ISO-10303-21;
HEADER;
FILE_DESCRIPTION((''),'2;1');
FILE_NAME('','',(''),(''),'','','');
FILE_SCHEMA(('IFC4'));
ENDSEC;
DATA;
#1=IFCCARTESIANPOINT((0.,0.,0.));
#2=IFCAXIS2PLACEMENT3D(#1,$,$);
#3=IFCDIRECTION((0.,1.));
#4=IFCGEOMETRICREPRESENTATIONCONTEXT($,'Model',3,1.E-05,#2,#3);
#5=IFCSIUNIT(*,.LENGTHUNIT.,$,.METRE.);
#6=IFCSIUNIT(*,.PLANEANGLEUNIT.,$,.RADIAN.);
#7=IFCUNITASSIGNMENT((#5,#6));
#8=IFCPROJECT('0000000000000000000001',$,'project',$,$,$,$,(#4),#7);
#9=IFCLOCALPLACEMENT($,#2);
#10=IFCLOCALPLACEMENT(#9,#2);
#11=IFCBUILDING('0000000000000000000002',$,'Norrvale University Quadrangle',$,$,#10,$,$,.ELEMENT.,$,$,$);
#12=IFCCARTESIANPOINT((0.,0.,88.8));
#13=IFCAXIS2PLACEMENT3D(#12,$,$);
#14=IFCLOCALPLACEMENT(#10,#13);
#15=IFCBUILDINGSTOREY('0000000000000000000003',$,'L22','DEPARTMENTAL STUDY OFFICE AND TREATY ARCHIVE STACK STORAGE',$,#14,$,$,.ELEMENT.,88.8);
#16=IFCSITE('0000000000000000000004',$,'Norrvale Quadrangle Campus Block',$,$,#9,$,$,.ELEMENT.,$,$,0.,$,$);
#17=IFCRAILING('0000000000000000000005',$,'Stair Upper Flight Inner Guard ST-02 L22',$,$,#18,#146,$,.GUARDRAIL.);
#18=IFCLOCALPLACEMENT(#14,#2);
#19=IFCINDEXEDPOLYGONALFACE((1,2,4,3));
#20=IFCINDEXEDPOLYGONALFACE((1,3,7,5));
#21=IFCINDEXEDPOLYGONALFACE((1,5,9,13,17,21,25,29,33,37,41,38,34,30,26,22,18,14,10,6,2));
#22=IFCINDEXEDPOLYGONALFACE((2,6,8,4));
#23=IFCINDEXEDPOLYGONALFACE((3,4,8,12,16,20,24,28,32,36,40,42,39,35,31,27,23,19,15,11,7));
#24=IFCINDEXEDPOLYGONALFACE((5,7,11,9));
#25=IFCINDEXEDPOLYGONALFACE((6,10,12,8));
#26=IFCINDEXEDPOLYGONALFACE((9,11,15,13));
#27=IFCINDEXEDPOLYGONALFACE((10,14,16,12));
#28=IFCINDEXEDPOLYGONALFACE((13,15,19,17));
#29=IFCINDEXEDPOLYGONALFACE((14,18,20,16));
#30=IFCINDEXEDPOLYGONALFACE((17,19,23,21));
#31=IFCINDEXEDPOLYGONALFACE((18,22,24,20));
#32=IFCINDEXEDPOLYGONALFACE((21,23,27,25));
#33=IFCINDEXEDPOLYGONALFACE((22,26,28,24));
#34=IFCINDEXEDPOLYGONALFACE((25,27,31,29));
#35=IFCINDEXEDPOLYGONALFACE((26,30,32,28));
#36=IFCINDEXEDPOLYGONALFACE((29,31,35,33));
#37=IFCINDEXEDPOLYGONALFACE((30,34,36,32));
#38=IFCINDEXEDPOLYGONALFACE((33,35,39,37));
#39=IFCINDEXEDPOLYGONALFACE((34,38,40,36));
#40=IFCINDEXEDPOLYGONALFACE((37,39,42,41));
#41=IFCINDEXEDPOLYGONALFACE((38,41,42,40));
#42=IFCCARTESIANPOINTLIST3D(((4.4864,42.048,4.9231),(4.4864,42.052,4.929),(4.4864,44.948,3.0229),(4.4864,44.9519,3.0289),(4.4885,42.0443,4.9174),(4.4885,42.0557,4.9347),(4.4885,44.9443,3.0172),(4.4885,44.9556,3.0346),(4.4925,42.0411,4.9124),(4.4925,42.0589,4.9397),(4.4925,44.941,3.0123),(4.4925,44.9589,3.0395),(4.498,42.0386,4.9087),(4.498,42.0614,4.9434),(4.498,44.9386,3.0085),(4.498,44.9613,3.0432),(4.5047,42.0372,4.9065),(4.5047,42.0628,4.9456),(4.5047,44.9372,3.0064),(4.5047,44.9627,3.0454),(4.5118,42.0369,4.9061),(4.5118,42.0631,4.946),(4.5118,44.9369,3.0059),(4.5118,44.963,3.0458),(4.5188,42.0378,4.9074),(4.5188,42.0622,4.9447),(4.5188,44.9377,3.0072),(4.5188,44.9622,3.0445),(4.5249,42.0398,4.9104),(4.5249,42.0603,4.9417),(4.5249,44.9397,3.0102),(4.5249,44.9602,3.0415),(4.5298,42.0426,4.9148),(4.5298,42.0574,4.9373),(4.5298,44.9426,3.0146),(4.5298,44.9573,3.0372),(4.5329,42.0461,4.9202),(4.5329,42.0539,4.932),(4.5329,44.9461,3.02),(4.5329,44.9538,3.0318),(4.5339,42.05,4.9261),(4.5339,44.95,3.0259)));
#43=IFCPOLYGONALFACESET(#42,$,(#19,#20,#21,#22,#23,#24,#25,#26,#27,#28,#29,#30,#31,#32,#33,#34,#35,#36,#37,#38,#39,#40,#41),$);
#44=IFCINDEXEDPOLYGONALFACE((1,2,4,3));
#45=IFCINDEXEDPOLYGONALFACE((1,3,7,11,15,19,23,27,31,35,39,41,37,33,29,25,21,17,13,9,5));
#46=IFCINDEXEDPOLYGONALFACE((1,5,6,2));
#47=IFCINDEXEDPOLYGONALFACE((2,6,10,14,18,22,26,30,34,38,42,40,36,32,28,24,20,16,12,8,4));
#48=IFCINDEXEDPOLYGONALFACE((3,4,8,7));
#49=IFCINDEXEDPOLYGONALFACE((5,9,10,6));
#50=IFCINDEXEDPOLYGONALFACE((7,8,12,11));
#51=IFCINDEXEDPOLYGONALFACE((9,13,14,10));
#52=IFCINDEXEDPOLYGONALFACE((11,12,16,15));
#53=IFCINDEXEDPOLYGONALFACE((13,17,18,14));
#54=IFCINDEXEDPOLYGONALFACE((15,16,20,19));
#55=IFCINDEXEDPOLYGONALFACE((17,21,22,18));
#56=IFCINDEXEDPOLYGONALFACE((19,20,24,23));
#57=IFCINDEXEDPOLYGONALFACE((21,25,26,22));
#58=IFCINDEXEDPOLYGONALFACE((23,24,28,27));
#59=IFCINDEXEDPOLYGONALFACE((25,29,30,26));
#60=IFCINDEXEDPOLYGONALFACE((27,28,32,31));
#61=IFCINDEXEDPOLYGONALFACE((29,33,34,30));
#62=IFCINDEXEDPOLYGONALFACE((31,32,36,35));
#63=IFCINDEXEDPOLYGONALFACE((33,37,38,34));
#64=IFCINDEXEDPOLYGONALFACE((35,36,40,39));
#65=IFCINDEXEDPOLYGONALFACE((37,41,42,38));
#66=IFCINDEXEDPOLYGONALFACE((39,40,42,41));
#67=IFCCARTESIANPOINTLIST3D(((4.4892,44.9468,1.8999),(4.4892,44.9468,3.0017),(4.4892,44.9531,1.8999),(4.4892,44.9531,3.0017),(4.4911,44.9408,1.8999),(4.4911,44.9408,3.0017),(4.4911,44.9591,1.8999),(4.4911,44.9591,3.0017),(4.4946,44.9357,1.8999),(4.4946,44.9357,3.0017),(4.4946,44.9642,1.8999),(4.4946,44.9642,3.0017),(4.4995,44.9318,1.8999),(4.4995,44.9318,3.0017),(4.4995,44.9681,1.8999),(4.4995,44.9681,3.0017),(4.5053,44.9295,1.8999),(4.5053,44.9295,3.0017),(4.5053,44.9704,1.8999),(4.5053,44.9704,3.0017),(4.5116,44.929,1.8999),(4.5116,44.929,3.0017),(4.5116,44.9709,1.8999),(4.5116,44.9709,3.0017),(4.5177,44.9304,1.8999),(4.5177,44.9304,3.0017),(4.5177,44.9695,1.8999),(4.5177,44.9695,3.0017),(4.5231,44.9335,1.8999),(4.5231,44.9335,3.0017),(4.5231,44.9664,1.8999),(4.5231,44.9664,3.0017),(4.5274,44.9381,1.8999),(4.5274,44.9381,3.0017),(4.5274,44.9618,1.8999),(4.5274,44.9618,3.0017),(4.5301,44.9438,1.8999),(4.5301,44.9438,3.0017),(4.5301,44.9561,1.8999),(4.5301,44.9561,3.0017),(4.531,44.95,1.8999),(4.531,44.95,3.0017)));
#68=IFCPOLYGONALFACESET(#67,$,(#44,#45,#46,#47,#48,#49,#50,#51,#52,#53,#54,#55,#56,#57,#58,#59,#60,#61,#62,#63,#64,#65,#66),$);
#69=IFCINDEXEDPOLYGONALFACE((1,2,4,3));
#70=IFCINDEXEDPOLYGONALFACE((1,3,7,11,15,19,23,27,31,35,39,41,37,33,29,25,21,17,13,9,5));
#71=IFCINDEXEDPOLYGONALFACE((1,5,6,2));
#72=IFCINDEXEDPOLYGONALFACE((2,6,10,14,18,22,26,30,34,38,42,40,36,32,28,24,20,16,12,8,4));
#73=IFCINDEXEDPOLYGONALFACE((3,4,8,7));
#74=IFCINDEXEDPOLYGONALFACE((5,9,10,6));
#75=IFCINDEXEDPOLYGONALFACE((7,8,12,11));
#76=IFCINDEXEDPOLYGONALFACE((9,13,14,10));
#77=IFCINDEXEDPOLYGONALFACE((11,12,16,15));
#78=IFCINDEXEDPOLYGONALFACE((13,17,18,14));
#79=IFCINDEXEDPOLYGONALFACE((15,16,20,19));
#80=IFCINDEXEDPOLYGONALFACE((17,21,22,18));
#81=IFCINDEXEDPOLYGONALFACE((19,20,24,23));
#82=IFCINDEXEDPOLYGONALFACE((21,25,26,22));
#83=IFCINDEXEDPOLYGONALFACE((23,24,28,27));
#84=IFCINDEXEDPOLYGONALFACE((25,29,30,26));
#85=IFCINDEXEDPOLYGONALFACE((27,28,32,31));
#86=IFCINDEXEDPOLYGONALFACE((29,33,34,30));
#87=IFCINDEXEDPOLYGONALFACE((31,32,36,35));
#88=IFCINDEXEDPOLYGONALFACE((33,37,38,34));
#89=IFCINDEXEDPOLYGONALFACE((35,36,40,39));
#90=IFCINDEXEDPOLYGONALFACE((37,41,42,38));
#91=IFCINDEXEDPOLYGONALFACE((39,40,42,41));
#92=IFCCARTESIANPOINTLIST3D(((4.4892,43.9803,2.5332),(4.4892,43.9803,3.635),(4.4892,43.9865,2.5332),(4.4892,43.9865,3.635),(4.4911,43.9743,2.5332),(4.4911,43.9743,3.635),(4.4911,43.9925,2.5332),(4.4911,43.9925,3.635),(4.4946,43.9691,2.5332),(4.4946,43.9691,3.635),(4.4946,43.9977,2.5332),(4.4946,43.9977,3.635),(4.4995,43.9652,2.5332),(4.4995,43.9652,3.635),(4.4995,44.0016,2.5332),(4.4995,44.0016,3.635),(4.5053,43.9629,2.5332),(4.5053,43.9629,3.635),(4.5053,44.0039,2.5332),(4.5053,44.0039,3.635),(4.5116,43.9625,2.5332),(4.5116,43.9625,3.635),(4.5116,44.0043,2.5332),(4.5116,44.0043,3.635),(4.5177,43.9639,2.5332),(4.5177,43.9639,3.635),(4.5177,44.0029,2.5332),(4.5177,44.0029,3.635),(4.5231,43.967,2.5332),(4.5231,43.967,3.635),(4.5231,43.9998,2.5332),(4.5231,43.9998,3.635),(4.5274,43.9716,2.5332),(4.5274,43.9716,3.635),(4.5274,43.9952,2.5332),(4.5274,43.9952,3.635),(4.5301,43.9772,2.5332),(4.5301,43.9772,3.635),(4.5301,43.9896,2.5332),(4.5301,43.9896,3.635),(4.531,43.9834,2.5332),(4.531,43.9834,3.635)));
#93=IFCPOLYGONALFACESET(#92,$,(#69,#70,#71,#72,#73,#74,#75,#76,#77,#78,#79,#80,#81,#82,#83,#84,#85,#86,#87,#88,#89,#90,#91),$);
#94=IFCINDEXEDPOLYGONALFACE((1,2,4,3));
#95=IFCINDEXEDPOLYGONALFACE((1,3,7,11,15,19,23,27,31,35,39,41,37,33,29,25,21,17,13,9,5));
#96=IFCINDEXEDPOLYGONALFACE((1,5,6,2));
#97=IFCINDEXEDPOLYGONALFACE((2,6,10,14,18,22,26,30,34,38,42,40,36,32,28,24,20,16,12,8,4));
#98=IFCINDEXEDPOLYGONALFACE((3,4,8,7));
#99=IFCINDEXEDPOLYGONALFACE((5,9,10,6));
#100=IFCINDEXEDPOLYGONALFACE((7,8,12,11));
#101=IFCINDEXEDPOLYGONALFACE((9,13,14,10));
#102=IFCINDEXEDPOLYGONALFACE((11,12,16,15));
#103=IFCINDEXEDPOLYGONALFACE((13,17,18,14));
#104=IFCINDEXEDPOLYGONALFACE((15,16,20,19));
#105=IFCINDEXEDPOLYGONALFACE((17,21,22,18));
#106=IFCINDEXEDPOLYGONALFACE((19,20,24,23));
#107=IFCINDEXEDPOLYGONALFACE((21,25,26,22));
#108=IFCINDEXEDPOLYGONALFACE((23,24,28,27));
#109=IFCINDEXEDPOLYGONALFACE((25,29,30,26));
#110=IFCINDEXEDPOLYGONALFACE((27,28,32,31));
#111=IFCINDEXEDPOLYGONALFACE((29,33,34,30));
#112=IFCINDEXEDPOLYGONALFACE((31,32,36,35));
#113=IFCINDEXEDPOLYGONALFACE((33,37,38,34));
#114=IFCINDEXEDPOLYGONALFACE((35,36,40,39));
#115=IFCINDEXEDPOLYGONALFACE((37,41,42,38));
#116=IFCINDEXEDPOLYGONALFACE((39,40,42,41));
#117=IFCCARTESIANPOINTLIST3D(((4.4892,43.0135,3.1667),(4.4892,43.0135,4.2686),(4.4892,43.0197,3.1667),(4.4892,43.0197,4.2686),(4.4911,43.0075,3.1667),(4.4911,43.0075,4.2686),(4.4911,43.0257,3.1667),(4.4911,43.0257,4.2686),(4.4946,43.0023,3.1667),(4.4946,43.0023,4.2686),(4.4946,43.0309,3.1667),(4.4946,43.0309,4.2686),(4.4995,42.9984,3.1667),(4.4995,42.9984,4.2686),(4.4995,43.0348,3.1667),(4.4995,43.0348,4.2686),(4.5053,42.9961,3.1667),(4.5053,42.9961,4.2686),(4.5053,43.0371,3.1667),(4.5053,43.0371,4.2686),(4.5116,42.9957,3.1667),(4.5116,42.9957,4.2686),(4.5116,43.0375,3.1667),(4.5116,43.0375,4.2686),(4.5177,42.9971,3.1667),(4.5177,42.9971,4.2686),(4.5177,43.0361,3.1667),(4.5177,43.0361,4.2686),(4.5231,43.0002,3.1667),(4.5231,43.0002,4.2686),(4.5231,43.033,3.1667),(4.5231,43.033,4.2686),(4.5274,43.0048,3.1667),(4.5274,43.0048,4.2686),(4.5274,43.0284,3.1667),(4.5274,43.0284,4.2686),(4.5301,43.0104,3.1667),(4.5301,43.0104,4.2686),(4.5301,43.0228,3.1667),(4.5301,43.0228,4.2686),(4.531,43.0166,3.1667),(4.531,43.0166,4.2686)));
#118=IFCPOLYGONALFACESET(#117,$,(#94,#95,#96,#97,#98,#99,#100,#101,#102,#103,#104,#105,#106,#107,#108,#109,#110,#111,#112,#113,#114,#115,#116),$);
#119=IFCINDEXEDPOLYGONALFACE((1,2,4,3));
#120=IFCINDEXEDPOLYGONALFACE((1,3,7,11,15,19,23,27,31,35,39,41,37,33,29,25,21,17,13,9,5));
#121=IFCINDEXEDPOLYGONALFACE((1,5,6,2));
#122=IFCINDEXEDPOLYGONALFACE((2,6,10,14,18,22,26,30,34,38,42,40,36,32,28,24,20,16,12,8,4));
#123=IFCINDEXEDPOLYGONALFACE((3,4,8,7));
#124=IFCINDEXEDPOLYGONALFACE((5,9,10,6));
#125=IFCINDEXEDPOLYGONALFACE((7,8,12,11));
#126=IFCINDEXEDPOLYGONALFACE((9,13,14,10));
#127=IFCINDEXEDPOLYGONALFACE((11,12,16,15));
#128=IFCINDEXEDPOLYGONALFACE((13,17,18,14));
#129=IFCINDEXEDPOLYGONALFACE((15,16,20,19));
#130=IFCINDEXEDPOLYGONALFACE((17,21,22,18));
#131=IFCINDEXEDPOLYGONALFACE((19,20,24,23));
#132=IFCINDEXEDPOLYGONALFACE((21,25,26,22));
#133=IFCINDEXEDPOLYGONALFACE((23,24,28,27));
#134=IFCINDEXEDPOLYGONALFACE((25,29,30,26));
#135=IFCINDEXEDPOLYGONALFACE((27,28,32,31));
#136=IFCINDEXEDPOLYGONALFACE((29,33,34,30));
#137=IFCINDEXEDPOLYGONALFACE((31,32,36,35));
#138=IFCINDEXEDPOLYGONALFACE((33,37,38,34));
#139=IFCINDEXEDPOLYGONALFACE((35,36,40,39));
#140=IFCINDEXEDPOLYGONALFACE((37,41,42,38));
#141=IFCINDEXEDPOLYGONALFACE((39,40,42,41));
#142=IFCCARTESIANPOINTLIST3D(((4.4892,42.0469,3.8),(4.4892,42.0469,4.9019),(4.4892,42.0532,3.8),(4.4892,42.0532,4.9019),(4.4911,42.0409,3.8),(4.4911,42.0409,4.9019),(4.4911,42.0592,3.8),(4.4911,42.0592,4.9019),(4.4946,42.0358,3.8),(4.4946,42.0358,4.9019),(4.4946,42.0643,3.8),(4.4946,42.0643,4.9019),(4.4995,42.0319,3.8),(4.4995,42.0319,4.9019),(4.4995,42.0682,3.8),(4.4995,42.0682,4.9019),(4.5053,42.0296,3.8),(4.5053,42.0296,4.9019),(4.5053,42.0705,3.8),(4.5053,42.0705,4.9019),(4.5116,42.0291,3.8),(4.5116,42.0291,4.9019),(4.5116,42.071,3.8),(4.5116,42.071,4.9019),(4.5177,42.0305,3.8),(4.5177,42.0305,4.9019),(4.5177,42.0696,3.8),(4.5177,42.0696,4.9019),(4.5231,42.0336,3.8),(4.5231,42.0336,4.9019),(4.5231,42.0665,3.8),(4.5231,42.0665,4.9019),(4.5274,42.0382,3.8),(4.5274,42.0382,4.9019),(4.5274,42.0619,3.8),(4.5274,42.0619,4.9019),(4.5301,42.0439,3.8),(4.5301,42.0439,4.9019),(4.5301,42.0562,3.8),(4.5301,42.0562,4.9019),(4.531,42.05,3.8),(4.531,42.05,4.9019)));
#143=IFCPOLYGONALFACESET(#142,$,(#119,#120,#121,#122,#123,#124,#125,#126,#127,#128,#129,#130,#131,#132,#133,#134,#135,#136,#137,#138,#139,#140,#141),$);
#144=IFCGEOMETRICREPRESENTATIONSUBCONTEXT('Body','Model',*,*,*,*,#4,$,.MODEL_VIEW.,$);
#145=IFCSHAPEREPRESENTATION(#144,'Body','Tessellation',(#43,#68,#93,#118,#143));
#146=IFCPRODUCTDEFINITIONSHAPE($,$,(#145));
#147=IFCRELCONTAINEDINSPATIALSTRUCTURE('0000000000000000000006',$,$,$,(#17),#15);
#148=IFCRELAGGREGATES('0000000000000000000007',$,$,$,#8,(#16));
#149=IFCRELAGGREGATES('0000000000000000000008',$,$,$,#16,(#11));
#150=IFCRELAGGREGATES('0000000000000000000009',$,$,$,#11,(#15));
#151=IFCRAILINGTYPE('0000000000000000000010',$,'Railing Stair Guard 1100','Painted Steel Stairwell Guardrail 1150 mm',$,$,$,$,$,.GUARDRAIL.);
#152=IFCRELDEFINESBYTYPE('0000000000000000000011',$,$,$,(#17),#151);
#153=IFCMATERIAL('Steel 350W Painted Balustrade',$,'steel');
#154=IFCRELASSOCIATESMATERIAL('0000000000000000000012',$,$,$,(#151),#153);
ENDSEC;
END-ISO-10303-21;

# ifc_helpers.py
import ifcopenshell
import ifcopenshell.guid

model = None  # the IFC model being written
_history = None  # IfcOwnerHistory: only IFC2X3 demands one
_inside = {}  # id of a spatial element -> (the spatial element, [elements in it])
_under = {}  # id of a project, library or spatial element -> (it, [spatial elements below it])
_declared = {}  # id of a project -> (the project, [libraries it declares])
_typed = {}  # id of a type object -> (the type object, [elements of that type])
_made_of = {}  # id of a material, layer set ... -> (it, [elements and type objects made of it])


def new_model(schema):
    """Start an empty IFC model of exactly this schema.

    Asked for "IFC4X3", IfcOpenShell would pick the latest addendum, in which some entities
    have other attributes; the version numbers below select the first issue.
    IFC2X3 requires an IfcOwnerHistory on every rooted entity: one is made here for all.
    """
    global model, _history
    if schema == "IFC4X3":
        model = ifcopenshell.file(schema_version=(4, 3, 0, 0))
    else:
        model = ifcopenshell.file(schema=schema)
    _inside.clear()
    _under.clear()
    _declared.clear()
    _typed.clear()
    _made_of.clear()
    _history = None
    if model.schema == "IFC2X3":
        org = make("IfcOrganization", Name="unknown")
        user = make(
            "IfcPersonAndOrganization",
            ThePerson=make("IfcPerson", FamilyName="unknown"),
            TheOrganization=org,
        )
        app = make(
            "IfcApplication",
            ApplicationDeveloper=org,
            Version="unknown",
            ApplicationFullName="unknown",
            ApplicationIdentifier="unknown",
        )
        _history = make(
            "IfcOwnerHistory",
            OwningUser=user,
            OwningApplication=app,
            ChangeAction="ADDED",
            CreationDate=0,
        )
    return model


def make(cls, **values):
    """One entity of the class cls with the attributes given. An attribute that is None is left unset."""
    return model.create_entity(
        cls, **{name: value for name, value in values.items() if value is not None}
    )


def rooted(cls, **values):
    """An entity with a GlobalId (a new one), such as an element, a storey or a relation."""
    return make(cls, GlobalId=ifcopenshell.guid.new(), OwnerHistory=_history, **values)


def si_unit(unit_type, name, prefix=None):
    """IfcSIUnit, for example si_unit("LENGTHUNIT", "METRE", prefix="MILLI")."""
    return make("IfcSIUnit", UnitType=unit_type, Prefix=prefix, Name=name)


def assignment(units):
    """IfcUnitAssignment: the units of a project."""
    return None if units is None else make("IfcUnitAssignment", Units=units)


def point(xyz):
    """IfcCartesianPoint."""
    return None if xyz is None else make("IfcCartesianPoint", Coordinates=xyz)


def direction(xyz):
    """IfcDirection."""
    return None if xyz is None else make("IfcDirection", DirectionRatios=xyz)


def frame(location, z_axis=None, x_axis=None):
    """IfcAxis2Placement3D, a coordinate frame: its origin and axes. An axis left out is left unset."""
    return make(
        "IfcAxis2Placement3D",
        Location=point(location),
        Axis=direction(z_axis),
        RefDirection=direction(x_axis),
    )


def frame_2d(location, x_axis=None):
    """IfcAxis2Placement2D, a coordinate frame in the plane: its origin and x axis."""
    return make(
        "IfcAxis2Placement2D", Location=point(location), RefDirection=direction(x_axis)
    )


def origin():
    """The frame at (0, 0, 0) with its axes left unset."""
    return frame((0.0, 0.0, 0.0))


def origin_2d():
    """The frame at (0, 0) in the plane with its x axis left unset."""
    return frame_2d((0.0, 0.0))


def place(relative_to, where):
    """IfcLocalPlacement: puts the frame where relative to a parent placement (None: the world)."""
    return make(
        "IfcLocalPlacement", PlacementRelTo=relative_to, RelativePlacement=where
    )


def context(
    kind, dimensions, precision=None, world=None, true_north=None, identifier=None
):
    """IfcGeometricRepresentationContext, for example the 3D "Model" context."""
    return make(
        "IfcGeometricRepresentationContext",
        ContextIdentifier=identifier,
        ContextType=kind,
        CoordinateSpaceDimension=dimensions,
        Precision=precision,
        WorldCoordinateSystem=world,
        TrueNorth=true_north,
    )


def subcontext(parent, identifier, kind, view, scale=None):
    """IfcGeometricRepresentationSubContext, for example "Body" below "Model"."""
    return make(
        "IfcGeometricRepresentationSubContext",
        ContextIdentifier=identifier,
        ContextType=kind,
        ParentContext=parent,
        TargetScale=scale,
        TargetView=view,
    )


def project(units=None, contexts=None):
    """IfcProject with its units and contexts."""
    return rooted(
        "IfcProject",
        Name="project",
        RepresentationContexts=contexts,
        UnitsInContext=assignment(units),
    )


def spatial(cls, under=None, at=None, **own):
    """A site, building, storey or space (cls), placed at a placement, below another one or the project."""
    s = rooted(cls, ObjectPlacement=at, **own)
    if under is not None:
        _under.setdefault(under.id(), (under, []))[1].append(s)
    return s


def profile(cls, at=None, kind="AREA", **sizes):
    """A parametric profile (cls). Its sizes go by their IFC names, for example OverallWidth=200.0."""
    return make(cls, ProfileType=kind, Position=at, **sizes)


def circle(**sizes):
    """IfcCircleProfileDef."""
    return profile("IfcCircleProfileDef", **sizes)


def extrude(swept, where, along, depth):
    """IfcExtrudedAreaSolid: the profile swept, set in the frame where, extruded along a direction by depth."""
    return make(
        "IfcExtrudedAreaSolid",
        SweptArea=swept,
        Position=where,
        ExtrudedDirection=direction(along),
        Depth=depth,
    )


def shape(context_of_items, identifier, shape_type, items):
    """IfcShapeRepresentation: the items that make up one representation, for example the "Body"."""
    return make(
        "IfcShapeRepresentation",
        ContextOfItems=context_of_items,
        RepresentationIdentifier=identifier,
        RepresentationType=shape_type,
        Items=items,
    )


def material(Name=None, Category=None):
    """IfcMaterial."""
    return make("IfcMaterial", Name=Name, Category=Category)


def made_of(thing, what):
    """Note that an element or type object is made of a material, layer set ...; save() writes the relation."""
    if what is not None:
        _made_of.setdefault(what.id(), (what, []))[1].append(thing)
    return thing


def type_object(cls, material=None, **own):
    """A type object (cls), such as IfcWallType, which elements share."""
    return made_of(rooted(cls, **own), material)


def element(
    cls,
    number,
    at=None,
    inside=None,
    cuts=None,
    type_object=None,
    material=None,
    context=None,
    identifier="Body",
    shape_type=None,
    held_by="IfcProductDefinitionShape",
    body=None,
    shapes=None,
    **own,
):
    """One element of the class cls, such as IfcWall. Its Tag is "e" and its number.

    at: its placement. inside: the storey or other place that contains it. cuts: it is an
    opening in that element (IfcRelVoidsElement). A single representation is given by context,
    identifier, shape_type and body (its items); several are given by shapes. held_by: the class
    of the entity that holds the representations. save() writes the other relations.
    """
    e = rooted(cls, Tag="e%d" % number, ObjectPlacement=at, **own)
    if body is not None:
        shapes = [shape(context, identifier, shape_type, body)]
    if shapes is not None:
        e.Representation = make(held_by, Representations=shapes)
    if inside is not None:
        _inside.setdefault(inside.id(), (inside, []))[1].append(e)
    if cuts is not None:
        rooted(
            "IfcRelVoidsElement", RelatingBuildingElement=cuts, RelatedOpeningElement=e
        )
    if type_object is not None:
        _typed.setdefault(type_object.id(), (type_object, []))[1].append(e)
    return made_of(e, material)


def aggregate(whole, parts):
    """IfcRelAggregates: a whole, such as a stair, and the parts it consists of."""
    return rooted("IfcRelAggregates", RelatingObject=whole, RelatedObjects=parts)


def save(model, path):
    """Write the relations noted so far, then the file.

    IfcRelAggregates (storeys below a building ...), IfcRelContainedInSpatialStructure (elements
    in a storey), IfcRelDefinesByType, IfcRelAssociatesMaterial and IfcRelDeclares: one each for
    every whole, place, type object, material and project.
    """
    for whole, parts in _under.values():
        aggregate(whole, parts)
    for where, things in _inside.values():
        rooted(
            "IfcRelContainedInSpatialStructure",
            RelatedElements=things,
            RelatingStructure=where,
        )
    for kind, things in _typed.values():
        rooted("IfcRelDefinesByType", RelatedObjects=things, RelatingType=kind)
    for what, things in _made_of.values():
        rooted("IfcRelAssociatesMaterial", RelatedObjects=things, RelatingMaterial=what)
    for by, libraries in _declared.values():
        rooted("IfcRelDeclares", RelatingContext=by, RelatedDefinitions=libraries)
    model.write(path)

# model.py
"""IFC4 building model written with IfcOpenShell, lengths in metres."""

from ifc_helpers import new_model, si_unit, direction, frame, origin, origin_2d, place, context, subcontext, project, spatial, circle, extrude, material, type_object, element, save


model = new_model("IFC4")

# Units and contexts
model_context = context("Model", 3, precision=1e-05, world=origin(), true_north=direction((0.0, 1.0)))
body_context = subcontext(model_context, "Body", "Model", "MODEL_VIEW")
ifc_project = project(units=[si_unit("LENGTHUNIT", "METRE"), si_unit("PLANEANGLEUNIT", "RADIAN")], contexts=[model_context])

# Site, building, storey
site_placement = place(None, origin())
site = spatial("IfcSite", under=ifc_project, at=site_placement, Name="Norrvale Quadrangle Campus Block", CompositionType="ELEMENT", RefElevation=0.0)
building_placement = place(site_placement, origin())
building = spatial("IfcBuilding", under=site, at=building_placement, Name="Norrvale University Quadrangle", CompositionType="ELEMENT")
storey_placement = place(building_placement, frame((0.0, 0.0, 88.8)))
storey = spatial("IfcBuildingStorey", under=building, at=storey_placement, Name="L22", Description="DEPARTMENTAL STUDY OFFICE AND TREATY ARCHIVE STACK STORAGE", CompositionType="ELEMENT", Elevation=88.8)

# Railing
ifc_material_1 = material(Name="Steel 350W Painted Balustrade", Category="steel")
railing_type_1 = type_object("IfcRailingType", Name="Railing Stair Guard 1100", Description="Painted Steel Stairwell Guardrail 1150 mm", PredefinedType="GUARDRAIL", material=ifc_material_1)
railing_1_placement = place(storey_placement, frame((4.51, 44.95, 1.8999)))
element("IfcRailing", 1, at=railing_1_placement, inside=storey, type_object=railing_type_1, Name="Stair Upper Flight Inner Guard ST-02 L22", PredefinedType="GUARDRAIL", context=body_context, shape_type="SweptSolid", body=[
    extrude(circle(Radius=0.0239, at=origin_2d()), frame((0.0, 0.0, 1.126), z_axis=(0.0, -0.836433, 0.548069), x_axis=(1.0, 0.0, 0.0)), (0.0, 0.0, 1.0), 3.467),
    extrude(circle(Radius=0.021, at=origin_2d()), origin(), (0.0, 0.0, 1.0), 1.1018),
    extrude(circle(Radius=0.021, at=origin_2d()), frame((0.0, -0.9666, 0.6333)), (0.0, 0.0, 1.0), 1.1018),
    extrude(circle(Radius=0.021, at=origin_2d()), frame((0.0, -1.9333, 1.2668)), (0.0, 0.0, 1.0), 1.1018),
    extrude(circle(Radius=0.021, at=origin_2d()), frame((0.0, -2.8999, 1.9001)), (0.0, 0.0, 1.0), 1.1018),
])

save(model, "model.ifc")
